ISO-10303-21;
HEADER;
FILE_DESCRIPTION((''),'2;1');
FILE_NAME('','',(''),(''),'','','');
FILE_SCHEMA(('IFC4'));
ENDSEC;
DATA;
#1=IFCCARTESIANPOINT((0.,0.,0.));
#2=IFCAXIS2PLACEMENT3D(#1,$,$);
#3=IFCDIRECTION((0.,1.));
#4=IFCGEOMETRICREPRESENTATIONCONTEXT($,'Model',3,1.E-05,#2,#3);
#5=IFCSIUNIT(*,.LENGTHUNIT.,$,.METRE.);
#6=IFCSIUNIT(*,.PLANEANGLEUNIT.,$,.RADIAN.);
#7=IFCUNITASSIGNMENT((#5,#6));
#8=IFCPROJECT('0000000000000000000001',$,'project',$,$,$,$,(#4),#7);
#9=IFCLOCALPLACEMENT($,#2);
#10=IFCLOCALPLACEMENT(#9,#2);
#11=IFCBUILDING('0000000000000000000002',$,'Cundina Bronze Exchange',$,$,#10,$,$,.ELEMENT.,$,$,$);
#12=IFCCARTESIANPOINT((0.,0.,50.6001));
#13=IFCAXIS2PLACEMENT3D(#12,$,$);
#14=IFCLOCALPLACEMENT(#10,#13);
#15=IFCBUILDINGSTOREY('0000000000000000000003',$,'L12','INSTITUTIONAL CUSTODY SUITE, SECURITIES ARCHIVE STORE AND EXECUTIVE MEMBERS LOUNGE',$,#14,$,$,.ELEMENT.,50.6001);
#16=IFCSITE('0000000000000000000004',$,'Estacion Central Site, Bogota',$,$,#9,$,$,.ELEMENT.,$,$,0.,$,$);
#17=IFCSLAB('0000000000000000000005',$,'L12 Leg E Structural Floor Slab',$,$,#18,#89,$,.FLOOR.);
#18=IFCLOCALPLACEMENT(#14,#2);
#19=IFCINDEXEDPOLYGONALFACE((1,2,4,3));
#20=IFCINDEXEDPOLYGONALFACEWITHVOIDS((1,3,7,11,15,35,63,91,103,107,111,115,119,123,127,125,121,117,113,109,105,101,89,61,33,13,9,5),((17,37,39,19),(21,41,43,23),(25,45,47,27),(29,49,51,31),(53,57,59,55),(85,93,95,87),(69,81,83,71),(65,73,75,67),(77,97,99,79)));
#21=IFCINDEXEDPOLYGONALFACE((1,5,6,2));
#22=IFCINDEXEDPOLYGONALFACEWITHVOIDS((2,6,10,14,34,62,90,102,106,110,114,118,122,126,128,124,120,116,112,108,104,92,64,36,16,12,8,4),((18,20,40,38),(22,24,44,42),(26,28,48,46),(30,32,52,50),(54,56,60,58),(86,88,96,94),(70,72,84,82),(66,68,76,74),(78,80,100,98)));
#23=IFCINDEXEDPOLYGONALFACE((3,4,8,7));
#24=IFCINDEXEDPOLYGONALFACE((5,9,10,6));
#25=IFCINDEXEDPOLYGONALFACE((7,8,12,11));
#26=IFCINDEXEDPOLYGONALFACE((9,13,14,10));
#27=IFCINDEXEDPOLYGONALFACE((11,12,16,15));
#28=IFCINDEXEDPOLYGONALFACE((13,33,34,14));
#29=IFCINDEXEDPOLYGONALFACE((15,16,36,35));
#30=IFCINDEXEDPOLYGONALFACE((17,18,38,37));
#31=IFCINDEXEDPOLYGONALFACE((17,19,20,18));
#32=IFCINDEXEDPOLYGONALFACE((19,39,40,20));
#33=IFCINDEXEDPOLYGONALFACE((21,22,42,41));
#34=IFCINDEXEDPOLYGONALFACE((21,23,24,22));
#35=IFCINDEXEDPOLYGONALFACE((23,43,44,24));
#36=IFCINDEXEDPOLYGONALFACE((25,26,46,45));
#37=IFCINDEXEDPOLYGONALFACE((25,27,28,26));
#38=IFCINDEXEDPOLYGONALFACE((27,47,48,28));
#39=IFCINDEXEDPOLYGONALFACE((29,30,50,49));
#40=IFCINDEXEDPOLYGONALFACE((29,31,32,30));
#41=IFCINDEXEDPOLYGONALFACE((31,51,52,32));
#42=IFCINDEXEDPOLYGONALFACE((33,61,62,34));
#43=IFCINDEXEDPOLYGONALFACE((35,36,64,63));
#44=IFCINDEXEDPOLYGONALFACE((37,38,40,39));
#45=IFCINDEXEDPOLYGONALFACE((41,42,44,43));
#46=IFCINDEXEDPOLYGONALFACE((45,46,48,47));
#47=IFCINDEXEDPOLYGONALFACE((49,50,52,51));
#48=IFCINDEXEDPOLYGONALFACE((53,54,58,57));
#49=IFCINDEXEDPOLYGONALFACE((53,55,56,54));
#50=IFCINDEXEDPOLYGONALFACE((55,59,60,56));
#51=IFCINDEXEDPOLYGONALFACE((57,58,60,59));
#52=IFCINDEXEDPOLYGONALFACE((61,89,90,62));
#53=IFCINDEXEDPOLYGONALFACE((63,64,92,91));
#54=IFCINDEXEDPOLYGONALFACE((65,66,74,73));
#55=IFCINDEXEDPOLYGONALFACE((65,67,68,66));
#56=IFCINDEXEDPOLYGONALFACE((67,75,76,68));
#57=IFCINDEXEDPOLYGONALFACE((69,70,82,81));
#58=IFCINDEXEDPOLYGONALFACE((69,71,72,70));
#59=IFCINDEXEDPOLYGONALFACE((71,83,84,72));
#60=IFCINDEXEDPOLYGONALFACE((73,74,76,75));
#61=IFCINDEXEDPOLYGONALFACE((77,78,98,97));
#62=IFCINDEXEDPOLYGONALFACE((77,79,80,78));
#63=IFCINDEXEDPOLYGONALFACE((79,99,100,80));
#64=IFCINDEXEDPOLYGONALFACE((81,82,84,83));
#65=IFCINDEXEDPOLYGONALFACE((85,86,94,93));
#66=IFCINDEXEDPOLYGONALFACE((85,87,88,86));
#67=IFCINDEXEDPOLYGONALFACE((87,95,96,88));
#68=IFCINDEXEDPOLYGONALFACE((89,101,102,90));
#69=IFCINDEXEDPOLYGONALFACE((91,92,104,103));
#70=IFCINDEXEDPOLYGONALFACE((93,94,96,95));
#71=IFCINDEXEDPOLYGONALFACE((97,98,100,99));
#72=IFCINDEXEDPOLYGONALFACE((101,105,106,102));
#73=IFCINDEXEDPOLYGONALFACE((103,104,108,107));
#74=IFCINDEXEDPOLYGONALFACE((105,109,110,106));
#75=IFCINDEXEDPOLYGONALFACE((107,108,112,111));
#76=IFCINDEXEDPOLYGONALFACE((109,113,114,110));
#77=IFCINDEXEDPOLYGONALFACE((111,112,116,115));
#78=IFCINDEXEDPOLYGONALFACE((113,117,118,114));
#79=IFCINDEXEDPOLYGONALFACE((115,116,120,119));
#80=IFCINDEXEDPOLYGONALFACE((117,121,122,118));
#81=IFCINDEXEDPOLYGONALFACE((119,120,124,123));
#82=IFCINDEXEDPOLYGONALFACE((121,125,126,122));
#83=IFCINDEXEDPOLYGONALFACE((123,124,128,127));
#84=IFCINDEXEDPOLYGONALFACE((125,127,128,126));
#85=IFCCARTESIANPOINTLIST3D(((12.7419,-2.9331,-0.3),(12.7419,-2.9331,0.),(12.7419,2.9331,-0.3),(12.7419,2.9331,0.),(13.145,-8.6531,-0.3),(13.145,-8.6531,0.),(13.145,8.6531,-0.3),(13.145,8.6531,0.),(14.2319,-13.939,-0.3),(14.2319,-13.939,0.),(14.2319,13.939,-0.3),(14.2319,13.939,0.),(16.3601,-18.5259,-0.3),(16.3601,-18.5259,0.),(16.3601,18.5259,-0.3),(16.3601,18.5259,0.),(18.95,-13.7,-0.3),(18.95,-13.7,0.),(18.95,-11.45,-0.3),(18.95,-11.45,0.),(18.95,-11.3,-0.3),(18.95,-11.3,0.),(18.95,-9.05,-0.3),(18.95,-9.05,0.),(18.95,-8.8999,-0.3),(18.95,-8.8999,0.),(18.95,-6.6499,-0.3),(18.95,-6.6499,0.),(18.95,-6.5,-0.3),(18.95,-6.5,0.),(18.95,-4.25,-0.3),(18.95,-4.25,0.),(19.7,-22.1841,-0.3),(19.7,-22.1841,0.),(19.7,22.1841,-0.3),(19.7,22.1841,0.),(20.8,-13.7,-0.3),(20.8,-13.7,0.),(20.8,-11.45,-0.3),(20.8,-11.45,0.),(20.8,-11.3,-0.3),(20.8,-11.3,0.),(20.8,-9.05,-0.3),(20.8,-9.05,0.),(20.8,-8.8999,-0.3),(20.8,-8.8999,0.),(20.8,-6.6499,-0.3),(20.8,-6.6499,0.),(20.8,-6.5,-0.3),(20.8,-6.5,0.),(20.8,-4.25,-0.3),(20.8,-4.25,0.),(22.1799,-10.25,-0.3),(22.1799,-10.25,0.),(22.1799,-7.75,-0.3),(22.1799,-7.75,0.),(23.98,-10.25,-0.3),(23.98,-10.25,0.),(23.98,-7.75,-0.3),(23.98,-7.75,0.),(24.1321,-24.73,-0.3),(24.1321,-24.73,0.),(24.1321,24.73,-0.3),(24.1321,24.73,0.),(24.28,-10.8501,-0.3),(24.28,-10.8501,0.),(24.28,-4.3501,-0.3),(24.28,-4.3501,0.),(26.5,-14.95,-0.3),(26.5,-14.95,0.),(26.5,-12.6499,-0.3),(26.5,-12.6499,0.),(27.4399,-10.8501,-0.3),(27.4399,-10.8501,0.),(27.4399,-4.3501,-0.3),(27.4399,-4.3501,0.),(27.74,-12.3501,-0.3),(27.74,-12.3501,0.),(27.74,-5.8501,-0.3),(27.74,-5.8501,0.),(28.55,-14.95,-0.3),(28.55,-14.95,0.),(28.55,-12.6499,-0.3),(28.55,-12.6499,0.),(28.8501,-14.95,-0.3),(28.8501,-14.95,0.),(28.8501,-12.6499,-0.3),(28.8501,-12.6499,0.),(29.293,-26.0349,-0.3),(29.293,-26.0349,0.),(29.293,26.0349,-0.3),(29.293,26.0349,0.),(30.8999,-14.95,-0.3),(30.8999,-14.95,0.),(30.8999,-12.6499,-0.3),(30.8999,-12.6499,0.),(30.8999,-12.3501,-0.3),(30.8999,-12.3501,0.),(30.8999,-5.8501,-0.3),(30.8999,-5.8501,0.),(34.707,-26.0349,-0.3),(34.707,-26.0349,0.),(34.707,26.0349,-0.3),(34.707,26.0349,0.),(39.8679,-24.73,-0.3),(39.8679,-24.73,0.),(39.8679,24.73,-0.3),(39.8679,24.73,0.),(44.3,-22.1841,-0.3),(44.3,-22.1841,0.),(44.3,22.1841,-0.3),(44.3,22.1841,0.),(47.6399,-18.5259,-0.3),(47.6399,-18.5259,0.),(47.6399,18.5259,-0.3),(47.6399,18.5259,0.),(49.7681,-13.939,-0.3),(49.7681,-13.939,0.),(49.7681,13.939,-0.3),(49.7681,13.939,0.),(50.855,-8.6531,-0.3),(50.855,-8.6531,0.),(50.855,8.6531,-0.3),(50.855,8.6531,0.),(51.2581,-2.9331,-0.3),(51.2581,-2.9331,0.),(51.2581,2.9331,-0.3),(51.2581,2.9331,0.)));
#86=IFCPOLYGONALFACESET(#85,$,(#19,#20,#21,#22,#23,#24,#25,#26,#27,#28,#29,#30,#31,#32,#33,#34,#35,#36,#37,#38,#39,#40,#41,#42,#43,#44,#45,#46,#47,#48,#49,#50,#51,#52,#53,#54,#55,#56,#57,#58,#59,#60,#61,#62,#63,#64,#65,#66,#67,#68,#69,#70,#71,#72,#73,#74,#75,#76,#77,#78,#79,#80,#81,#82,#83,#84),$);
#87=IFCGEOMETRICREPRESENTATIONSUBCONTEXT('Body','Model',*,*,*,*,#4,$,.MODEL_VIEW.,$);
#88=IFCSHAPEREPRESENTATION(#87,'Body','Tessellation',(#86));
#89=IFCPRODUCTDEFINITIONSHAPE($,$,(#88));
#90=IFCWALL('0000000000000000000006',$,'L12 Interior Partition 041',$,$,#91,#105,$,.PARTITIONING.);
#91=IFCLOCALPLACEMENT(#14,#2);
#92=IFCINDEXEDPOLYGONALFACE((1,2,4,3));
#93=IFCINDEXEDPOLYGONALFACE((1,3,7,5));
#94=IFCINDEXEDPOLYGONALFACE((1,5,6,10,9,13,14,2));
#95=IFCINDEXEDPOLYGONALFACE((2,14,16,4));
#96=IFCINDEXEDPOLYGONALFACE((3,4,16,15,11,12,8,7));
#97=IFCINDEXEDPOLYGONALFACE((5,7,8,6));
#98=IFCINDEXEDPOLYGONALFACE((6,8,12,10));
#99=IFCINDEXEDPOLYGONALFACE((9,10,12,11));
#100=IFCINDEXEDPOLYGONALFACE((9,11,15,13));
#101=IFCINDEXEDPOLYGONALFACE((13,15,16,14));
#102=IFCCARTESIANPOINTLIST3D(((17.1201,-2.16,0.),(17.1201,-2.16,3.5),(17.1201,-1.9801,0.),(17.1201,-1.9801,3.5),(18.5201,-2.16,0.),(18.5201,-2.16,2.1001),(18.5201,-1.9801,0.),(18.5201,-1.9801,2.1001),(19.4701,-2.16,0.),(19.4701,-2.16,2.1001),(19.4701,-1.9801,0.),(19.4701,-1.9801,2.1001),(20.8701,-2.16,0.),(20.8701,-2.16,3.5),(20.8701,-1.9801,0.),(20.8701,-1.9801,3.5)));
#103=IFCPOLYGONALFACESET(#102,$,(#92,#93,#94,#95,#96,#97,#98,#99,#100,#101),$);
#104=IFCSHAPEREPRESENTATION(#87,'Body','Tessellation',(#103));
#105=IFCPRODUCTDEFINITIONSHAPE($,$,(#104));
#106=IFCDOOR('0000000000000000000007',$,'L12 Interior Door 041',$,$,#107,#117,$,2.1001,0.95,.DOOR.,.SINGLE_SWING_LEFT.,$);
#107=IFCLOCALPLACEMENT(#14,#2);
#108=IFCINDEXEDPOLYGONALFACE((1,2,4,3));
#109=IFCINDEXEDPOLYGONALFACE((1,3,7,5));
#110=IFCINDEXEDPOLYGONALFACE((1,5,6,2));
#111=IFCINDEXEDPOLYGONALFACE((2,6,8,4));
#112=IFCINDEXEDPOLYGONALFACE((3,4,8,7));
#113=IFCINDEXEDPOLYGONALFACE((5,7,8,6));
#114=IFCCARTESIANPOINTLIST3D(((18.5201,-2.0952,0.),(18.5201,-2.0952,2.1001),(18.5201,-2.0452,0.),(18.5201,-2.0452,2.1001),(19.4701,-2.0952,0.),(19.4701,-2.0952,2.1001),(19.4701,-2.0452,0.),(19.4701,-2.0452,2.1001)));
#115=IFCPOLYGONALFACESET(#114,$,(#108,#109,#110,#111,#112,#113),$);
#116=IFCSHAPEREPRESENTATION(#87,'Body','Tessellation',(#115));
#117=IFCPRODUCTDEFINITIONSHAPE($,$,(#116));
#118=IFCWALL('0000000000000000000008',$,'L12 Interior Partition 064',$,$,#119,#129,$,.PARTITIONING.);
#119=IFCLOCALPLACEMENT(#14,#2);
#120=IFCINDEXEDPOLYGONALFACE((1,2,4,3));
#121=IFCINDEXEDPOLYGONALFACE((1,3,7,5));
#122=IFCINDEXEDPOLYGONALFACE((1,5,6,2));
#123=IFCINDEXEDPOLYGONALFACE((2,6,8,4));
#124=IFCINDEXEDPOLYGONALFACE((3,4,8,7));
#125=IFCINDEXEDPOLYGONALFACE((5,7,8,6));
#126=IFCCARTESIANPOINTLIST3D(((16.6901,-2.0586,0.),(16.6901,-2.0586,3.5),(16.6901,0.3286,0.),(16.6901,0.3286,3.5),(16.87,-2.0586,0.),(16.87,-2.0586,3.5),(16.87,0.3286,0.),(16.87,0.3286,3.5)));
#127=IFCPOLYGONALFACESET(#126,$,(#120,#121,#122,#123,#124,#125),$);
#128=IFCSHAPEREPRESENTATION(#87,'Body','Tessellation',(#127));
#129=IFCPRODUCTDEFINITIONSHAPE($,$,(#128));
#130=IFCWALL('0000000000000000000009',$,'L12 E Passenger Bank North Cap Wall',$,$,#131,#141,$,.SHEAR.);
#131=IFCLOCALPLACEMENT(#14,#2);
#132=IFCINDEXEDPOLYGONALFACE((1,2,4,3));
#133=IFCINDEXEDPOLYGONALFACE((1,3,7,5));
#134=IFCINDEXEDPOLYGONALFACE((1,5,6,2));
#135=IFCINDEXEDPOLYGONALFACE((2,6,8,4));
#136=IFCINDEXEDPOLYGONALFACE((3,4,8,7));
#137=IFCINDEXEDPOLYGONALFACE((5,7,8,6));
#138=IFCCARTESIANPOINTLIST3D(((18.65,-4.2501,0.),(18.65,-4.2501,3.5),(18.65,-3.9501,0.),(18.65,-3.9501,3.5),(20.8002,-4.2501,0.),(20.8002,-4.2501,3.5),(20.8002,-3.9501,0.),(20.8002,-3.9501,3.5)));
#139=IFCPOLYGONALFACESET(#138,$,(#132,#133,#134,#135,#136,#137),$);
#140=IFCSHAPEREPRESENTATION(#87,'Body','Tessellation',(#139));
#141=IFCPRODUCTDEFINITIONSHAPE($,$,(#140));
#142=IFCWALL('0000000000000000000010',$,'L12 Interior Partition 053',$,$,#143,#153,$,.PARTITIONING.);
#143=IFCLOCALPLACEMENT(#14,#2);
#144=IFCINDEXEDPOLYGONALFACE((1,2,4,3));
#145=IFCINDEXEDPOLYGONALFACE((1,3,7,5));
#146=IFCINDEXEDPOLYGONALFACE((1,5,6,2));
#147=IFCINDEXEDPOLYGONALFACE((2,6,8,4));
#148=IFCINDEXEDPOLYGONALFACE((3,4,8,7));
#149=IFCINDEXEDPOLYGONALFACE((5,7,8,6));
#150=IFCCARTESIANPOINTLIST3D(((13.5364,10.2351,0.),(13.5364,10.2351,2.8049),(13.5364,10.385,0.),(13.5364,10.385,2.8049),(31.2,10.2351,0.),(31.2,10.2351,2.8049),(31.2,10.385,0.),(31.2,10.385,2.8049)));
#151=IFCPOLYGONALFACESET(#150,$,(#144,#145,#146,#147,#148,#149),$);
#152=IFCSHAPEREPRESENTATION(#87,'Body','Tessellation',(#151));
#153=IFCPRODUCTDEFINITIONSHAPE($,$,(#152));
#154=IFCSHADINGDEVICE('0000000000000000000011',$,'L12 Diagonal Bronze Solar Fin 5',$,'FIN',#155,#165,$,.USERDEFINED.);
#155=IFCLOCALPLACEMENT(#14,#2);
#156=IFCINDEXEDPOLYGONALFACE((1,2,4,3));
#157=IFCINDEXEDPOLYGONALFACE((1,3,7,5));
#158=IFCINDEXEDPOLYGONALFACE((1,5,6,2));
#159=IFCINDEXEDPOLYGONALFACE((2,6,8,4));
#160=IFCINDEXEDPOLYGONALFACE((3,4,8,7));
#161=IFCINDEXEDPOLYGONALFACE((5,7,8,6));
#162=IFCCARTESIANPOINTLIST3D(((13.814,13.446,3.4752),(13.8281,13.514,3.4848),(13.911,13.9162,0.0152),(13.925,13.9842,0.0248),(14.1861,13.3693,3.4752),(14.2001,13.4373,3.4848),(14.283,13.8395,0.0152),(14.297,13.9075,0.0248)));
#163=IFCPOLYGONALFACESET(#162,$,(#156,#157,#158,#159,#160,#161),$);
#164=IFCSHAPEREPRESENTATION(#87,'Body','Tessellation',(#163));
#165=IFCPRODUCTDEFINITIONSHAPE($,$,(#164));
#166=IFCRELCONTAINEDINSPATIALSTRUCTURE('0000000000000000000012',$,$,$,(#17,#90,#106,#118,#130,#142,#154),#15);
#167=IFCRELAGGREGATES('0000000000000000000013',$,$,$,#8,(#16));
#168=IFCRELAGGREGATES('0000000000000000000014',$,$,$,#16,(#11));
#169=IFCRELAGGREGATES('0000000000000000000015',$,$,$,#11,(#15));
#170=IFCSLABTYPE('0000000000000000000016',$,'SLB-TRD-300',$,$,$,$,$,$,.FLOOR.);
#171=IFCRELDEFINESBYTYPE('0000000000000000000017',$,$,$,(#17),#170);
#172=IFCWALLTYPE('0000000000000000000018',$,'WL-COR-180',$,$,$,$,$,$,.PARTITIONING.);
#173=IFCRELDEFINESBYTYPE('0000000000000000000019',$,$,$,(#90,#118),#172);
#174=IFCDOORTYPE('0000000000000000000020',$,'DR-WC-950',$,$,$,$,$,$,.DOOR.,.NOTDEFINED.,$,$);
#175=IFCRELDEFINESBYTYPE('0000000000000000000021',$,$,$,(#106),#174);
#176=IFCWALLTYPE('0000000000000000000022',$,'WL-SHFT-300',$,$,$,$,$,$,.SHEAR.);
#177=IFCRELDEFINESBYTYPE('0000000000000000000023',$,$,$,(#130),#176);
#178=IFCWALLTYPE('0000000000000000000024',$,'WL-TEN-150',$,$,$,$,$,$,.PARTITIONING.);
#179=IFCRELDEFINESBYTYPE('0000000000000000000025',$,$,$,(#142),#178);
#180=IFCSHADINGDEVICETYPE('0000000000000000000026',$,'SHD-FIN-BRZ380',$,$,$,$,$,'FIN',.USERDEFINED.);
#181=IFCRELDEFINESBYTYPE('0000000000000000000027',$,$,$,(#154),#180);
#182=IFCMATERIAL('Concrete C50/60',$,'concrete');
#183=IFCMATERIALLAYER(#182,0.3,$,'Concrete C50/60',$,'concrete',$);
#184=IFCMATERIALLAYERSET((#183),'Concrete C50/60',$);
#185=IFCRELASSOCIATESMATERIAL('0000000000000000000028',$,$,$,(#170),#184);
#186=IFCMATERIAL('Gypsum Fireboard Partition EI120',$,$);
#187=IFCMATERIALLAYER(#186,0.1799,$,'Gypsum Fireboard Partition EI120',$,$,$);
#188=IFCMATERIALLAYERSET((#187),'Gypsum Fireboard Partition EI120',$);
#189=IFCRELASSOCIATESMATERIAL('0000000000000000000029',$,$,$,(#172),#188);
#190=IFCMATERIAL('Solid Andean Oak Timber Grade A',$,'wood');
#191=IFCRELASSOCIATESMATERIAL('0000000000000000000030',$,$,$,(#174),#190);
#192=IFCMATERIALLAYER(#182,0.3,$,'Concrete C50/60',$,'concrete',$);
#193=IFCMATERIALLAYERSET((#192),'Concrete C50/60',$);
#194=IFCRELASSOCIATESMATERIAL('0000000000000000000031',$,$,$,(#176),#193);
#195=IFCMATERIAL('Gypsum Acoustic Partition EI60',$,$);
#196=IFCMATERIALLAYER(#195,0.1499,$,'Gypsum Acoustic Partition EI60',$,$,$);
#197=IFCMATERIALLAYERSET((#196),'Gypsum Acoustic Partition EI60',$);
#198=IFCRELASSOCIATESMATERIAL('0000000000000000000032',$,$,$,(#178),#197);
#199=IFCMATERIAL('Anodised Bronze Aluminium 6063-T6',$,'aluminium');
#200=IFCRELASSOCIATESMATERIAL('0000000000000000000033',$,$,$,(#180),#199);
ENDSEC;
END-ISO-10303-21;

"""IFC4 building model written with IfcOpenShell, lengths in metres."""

from ifc_helpers import new_model, si_unit, direction, frame, frame_2d, origin, origin_2d, place, context, subcontext, project, spatial, polyline, rectangle, outline, extrude, material, layer, layer_set, material_profile, profile_set, type_object, element, fill, save


model = new_model("IFC4")

# Units and contexts
model_context = context("Model", 3, precision=1e-05, world=origin(), true_north=direction((0.0, 1.0)))
body_context = subcontext(model_context, "Body", "Model", "MODEL_VIEW")
ifc_project = project(units=[si_unit("LENGTHUNIT", "METRE"), si_unit("PLANEANGLEUNIT", "RADIAN")], contexts=[model_context])

# Site, building, storey
site_placement = place(None, origin())
site = spatial("IfcSite", under=ifc_project, at=site_placement, Name="Estacion Central Site, Bogota", CompositionType="ELEMENT", RefElevation=0.0)
building_placement = place(site_placement, origin())
building = spatial("IfcBuilding", under=site, at=building_placement, Name="Cundina Bronze Exchange", CompositionType="ELEMENT")
storey_placement = place(building_placement, frame((0.0, 0.0, 50.6001)))
storey = spatial("IfcBuildingStorey", under=building, at=storey_placement, Name="L12", Description="INSTITUTIONAL CUSTODY SUITE, SECURITIES ARCHIVE STORE AND EXECUTIVE MEMBERS LOUNGE", CompositionType="ELEMENT", Elevation=50.6001)

# Shared definitions
ifc_material_1 = material(Name="Anodised Bronze Aluminium 6063-T6", Category="aluminium")

# Slab
ifc_material_2 = material(Name="Concrete C50/60", Category="concrete")
ifc_layer_1 = layer(ifc_material_2, 0.3, Name="Concrete C50/60", Category="concrete")
ifc_layer_set_1 = layer_set([ifc_layer_1], Name="Concrete C50/60")
slab_type_1 = type_object("IfcSlabType", Name="SLB-TRD-300", PredefinedType="FLOOR", material=ifc_layer_set_1)
slab_1_placement = place(storey_placement, frame((0.0, 0.0, -0.3)))
element("IfcSlab", 1, at=slab_1_placement, inside=storey, type_object=slab_type_1, Name="L12 Leg E Structural Floor Slab", PredefinedType="FLOOR", context=body_context, shape_type="SweptSolid", body=[
    extrude(outline(polyline([(51.2581, 2.9331), (50.855, 8.6531), (49.7681, 13.939), (47.6399, 18.5259), (44.3, 22.1841), (39.8679, 24.73), (34.707, 26.0349), (29.293, 26.0349), (24.1321, 24.73), (19.7, 22.1841), (16.3601, 18.5259), (14.2319, 13.939), (13.145, 8.6531), (12.7419, 2.9331), (12.7419, -2.9331), (13.145, -8.6531), (14.2319, -13.939), (16.3601, -18.5259), (19.7, -22.1841), (24.1321, -24.73), (29.293, -26.0349), (34.707, -26.0349), (39.8679, -24.73), (44.3, -22.1841), (47.6399, -18.5259), (49.7681, -13.939), (50.855, -8.6531), (51.2581, -2.9331), (51.2581, 2.9331)]), holes=[polyline([(27.74, -5.8501), (27.74, -12.3501), (30.8999, -12.3501), (30.8999, -5.8501), (27.74, -5.8501)]), polyline([(27.4399, -10.8501), (27.4399, -4.3501), (24.28, -4.3501), (24.28, -10.8501), (27.4399, -10.8501)]), polyline([(22.1799, -7.75), (23.98, -7.75), (23.98, -10.25), (22.1799, -10.25), (22.1799, -7.75)]), polyline([(28.8501, -12.6499), (30.8999, -12.6499), (30.8999, -14.95), (28.8501, -14.95), (28.8501, -12.6499)]), polyline([(26.5, -12.6499), (28.55, -12.6499), (28.55, -14.95), (26.5, -14.95), (26.5, -12.6499)]), polyline([(18.95, -11.45), (20.8, -11.45), (20.8, -13.7), (18.95, -13.7), (18.95, -11.45)]), polyline([(18.95, -9.05), (20.8, -9.05), (20.8, -11.3), (18.95, -11.3), (18.95, -9.05)]), polyline([(18.95, -6.6499), (20.8, -6.6499), (20.8, -8.8999), (18.95, -8.8999), (18.95, -6.6499)]), polyline([(18.95, -4.25), (20.8, -4.25), (20.8, -6.5), (18.95, -6.5), (18.95, -4.25)])]), origin(), (0.0, 0.0, 1.0), 0.3),
])

# Wall, opening, door
ifc_material_3 = material(Name="Gypsum Fireboard Partition EI120")
ifc_layer_2 = layer(ifc_material_3, 0.1799, Name="Gypsum Fireboard Partition EI120")
ifc_layer_set_2 = layer_set([ifc_layer_2], Name="Gypsum Fireboard Partition EI120")
wall_type_1 = type_object("IfcWallType", Name="WL-COR-180", PredefinedType="PARTITIONING", material=ifc_layer_set_2)
wall_1_placement = place(storey_placement, frame((17.1201, -2.0701, 0.0), z_axis=(0.0, 0.0, 1.0), x_axis=(1.0, 0.0, 0.0)))
wall_1 = element("IfcWall", 2, at=wall_1_placement, inside=storey, type_object=wall_type_1, Name="L12 Interior Partition 041", PredefinedType="PARTITIONING", context=body_context, shape_type="SweptSolid", body=[
    extrude(rectangle(XDim=3.75, YDim=0.1799, at=frame_2d((1.875, 0.0))), origin(), (0.0, 0.0, 1.0), 3.5),
])
opening_placement = place(wall_1_placement, frame((1.3999, 0.0, 0.0)))
opening = element("IfcOpeningElement", 3, at=opening_placement, cuts=wall_1, PredefinedType="OPENING", context=body_context, shape_type="SweptSolid", body=[
    extrude(rectangle(XDim=0.95, YDim=2.1001, at=frame_2d((0.4751, 1.05))), frame((0.0, 0.0999, 0.0), z_axis=(0.0, -1.0, 0.0), x_axis=(1.0, 0.0, 0.0)), (0.0, 0.0, 1.0), 0.2),
])
ifc_material_4 = material(Name="Solid Andean Oak Timber Grade A", Category="wood")
door_type = type_object("IfcDoorType", Name="DR-WC-950", OperationType="NOTDEFINED", PredefinedType="DOOR", material=ifc_material_4)
door_placement = place(opening_placement, origin())
door = element("IfcDoor", 4, at=door_placement, inside=storey, type_object=door_type, Name="L12 Interior Door 041", OperationType="SINGLE_SWING_LEFT", OverallHeight=2.1001, OverallWidth=0.95, PredefinedType="DOOR", context=body_context, shape_type="SweptSolid", body=[
    extrude(rectangle(XDim=0.95, YDim=2.1001, at=frame_2d((0.4751, 1.05))), frame((0.0, 0.0249, 0.0), z_axis=(0.0, -1.0, 0.0), x_axis=(1.0, 0.0, 0.0)), (0.0, 0.0, 1.0), 0.05),
])
fill(opening, door)

# Walls
wall_2_placement = place(storey_placement, frame((16.78, 0.3286, 0.0), z_axis=(0.0, 0.0, 1.0), x_axis=(0.0, -1.0, 0.0)))
element("IfcWall", 5, at=wall_2_placement, inside=storey, type_object=wall_type_1, Name="L12 Interior Partition 064", PredefinedType="PARTITIONING", context=body_context, shape_type="SweptSolid", body=[
    extrude(rectangle(XDim=2.3872, YDim=0.1799, at=frame_2d((1.1936, 0.0))), origin(), (0.0, 0.0, 1.0), 3.5),
])
ifc_layer_3 = layer(ifc_material_2, 0.3, Name="Concrete C50/60", Category="concrete")
ifc_layer_set_3 = layer_set([ifc_layer_3], Name="Concrete C50/60")
wall_type_2 = type_object("IfcWallType", Name="WL-SHFT-300", PredefinedType="SHEAR", material=ifc_layer_set_3)
wall_3_placement = place(storey_placement, frame((18.6499, -4.1001, 0.0), z_axis=(0.0, 0.0, 1.0), x_axis=(1.0, 0.0, 0.0)))
element("IfcWall", 6, at=wall_3_placement, inside=storey, type_object=wall_type_2, Name="L12 E Passenger Bank North Cap Wall", PredefinedType="SHEAR", context=body_context, shape_type="SweptSolid", body=[
    extrude(rectangle(XDim=2.1501, YDim=0.3, at=frame_2d((1.0752, 0.0))), origin(), (0.0, 0.0, 1.0), 3.5),
])
ifc_material_5 = material(Name="Gypsum Acoustic Partition EI60")
ifc_layer_4 = layer(ifc_material_5, 0.1499, Name="Gypsum Acoustic Partition EI60")
ifc_layer_set_4 = layer_set([ifc_layer_4], Name="Gypsum Acoustic Partition EI60")
wall_type_3 = type_object("IfcWallType", Name="WL-TEN-150", PredefinedType="PARTITIONING", material=ifc_layer_set_4)
wall_4_placement = place(storey_placement, frame((13.5364, 10.3101, 0.0), z_axis=(0.0, 0.0, 1.0), x_axis=(1.0, 0.0, 0.0)))
element("IfcWall", 7, at=wall_4_placement, inside=storey, type_object=wall_type_3, Name="L12 Interior Partition 053", PredefinedType="PARTITIONING", context=body_context, shape_type="SweptSolid", body=[
    extrude(rectangle(XDim=17.6636, YDim=0.1499, at=frame_2d((8.8318, 0.0))), origin(), (0.0, 0.0, 1.0), 2.8049),
])

# Shading device
ifc_material_profile_1 = material_profile(ifc_material_1, rectangle(XDim=0.0701, YDim=0.3799, at=origin_2d()), Name="FIN70X380", Category="aluminium")
ifc_profile_set_1 = profile_set([ifc_material_profile_1], Name="Anodised Bronze Aluminium 6063-T6")
shading_device_type = type_object("IfcShadingDeviceType", Name="SHD-FIN-BRZ380", ElementType="FIN", PredefinedType="USERDEFINED", material=ifc_profile_set_1)
for number, where, z_axis, x_axis, name in (
    (8, (14.104, 13.9119, 0.02), (-0.027747, -0.134612, 0.99051), (0.199967, 0.970115, 0.137442), "L12 Diagonal Bronze Solar Fin 5"),
):
    element("IfcShadingDevice", number, at=place(storey_placement, frame(where, z_axis=z_axis, x_axis=x_axis)), inside=storey, type_object=shading_device_type, Name=name, ObjectType="FIN", PredefinedType="USERDEFINED", context=body_context, shape_type="SweptSolid", body=[
        extrude(rectangle(XDim=0.0701, YDim=0.3799, at=origin_2d()), origin(), (0.0, 0.0, 1.0), 3.4932),
    ])

save(model, "model.ifc")
